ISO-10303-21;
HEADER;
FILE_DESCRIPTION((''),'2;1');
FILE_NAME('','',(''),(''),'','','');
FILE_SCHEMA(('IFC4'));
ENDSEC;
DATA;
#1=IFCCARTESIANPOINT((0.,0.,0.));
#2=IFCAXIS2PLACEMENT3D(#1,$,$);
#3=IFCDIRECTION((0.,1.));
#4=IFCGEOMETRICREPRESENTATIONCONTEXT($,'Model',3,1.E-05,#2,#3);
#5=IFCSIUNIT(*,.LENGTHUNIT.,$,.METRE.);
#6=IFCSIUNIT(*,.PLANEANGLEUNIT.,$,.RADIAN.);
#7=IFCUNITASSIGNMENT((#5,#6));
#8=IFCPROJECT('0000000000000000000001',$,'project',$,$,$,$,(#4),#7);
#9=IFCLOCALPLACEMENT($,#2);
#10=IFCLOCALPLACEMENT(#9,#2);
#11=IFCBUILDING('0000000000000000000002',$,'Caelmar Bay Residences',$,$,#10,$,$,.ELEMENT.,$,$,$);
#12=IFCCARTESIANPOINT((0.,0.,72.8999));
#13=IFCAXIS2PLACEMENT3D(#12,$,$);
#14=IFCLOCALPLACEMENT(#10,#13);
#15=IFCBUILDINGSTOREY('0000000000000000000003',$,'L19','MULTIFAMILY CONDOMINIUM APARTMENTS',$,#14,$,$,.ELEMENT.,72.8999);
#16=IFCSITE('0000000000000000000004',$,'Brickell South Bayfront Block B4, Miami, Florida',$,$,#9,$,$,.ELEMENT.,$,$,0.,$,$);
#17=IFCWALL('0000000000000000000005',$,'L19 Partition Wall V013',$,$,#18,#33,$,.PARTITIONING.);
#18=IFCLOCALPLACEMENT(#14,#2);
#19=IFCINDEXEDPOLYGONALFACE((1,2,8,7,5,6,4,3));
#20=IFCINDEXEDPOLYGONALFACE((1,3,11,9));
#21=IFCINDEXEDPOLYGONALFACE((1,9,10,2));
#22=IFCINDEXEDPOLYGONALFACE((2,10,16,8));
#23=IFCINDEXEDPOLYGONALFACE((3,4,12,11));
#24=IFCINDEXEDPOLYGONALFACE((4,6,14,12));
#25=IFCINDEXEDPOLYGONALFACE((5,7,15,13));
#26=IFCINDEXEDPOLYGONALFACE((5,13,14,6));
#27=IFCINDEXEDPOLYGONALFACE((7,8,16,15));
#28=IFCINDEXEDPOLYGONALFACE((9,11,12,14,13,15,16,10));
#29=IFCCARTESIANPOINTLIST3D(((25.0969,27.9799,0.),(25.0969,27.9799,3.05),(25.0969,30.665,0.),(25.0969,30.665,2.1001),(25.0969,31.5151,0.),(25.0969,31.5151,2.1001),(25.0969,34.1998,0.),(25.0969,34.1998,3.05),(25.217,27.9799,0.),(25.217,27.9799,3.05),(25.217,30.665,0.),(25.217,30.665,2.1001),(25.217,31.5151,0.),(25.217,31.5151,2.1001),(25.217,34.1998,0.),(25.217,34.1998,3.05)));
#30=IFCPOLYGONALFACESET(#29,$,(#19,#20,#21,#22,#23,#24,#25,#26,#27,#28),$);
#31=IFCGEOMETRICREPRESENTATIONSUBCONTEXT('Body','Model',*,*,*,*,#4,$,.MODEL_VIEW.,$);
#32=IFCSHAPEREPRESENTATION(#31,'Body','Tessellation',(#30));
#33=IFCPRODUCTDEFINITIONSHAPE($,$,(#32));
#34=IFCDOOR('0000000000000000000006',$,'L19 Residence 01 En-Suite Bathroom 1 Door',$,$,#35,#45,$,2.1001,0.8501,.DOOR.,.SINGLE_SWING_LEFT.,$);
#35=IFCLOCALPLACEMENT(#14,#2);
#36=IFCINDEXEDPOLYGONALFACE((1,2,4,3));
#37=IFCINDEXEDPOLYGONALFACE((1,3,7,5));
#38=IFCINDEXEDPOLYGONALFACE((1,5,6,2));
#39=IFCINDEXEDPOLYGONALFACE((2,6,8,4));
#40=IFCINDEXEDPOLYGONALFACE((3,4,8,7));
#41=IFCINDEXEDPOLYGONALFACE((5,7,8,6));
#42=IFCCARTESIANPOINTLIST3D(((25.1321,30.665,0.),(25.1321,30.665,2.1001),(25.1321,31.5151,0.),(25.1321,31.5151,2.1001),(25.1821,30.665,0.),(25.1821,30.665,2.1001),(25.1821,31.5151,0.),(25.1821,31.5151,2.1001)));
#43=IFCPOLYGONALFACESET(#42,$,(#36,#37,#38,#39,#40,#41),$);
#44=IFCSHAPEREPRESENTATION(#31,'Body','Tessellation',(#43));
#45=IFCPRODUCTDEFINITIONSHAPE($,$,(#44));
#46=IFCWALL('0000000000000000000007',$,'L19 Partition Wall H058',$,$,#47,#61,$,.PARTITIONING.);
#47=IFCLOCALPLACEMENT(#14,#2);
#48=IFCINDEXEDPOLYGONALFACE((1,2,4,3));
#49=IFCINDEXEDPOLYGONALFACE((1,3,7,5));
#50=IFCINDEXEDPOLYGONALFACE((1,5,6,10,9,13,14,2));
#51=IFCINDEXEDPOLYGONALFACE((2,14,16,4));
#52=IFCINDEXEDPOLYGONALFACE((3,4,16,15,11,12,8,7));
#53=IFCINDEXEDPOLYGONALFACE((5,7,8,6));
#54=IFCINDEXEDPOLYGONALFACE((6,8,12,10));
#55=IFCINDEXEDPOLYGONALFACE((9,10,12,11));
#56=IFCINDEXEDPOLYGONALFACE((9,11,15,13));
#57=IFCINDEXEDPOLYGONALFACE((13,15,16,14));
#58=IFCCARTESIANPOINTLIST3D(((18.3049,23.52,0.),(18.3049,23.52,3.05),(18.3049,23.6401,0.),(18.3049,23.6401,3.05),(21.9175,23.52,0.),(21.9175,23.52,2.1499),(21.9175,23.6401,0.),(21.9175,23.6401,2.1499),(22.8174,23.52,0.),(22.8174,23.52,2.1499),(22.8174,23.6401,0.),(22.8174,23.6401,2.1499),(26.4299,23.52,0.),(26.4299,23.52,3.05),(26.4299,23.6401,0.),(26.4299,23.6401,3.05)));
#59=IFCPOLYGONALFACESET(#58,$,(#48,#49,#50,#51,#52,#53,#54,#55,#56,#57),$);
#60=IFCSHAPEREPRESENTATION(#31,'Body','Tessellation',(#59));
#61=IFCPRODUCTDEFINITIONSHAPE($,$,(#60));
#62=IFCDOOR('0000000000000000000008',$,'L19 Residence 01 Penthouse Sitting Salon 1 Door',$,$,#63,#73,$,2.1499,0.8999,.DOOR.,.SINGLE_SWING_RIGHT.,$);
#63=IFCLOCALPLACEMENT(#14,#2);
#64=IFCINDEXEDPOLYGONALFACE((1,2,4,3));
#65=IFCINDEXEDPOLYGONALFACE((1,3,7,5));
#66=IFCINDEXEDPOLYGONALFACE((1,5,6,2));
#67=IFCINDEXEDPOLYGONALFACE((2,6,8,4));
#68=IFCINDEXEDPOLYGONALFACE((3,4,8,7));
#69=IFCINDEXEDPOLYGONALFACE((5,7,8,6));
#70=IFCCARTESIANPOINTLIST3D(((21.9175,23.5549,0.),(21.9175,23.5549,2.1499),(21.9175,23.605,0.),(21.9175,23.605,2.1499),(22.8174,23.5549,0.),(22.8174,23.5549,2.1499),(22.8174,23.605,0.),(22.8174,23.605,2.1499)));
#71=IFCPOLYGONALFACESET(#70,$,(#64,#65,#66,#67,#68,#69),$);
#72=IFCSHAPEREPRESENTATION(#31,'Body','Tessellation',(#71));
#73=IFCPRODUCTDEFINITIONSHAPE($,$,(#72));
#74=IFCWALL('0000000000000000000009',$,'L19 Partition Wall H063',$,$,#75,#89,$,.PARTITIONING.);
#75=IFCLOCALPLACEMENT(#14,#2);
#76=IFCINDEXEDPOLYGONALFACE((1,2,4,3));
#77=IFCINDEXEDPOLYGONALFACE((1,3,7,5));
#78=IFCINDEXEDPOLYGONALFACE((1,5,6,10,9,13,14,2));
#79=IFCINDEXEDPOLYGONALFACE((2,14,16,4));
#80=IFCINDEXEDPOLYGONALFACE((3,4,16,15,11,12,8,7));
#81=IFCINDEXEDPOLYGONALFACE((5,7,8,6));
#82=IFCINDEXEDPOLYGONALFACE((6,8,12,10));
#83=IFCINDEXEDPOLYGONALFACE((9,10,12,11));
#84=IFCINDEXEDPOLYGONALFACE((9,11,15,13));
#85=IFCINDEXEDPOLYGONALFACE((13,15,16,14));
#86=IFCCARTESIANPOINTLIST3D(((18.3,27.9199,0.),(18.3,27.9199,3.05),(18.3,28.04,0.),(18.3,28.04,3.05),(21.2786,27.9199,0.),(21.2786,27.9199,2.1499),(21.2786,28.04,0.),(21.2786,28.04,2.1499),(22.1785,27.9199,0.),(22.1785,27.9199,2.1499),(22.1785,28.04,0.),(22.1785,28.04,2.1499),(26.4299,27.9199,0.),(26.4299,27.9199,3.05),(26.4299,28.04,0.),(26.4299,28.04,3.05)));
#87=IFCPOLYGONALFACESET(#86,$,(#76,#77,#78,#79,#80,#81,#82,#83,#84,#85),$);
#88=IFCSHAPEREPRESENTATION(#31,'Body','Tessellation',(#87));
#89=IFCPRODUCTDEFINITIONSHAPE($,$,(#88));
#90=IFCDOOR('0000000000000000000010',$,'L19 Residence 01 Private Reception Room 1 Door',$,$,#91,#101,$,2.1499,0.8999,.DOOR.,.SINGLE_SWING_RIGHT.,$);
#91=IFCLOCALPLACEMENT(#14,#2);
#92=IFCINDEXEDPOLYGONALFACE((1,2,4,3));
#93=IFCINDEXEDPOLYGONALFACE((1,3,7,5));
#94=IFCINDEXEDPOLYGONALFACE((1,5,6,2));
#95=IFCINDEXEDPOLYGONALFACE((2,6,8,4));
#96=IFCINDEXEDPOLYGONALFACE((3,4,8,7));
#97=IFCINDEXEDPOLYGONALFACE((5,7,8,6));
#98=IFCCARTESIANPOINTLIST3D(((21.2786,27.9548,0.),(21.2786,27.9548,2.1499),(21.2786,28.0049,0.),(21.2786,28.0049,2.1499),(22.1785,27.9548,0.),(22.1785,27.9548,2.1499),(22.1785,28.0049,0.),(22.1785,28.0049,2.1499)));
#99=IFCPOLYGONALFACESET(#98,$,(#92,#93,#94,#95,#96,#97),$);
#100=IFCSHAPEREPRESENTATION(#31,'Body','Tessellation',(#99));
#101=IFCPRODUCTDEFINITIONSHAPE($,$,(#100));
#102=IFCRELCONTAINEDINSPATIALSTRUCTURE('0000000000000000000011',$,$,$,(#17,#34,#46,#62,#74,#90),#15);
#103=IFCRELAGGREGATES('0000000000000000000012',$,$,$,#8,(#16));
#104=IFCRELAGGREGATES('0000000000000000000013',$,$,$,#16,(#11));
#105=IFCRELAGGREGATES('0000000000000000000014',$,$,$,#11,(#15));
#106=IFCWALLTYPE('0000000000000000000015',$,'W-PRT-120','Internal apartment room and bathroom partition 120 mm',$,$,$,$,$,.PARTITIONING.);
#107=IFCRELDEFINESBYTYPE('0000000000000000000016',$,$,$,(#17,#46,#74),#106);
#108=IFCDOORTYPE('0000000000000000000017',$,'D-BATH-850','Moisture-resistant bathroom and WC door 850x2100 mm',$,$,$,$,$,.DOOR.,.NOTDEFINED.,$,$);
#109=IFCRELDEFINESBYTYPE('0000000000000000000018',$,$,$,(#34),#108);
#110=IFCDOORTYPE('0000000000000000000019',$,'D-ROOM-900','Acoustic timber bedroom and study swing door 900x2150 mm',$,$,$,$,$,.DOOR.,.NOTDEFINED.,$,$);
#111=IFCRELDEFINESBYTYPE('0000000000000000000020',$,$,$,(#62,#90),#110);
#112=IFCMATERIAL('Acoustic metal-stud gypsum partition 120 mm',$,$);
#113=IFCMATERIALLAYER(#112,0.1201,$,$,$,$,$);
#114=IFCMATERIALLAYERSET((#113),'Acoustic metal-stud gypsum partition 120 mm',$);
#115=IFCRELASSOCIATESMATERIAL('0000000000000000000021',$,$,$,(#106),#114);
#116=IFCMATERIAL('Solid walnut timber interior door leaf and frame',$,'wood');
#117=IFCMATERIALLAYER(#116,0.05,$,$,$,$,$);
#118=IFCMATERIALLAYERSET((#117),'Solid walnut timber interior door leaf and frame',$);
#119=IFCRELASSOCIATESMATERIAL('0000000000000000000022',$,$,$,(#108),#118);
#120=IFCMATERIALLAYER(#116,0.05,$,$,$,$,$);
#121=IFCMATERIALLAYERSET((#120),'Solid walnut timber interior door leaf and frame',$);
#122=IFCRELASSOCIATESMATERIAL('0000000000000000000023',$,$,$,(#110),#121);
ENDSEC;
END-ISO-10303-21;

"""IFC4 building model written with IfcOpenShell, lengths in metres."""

from ifc_helpers import new_model, si_unit, direction, frame, frame_2d, origin, place, context, subcontext, project, spatial, rectangle, extrude, material, layer, layer_set, type_object, element, fill, save


model = new_model("IFC4")

# Units and contexts
model_context = context("Model", 3, precision=1e-05, world=origin(), true_north=direction((0.0, 1.0)))
body_context = subcontext(model_context, "Body", "Model", "MODEL_VIEW")
ifc_project = project(units=[si_unit("LENGTHUNIT", "METRE"), si_unit("PLANEANGLEUNIT", "RADIAN")], contexts=[model_context])

# Site, building, storey
site_placement = place(None, origin())
site = spatial("IfcSite", under=ifc_project, at=site_placement, Name="Brickell South Bayfront Block B4, Miami, Florida", CompositionType="ELEMENT", RefElevation=0.0)
building_placement = place(site_placement, origin())
building = spatial("IfcBuilding", under=site, at=building_placement, Name="Caelmar Bay Residences", CompositionType="ELEMENT")
storey_placement = place(building_placement, frame((0.0, 0.0, 72.8999)))
storey = spatial("IfcBuildingStorey", under=building, at=storey_placement, Name="L19", Description="MULTIFAMILY CONDOMINIUM APARTMENTS", CompositionType="ELEMENT", Elevation=72.8999)

# Walls, openings, doors
ifc_material_1 = material(Name="Acoustic metal-stud gypsum partition 120 mm")
ifc_layer_1 = layer(ifc_material_1, 0.1201)
ifc_layer_set_1 = layer_set([ifc_layer_1], Name="Acoustic metal-stud gypsum partition 120 mm")
wall_type_1 = type_object("IfcWallType", Name="W-PRT-120", Description="Internal apartment room and bathroom partition 120 mm", PredefinedType="PARTITIONING", material=ifc_layer_set_1)
wall_1_placement = place(storey_placement, frame((25.157, 27.98, 0.0), z_axis=(0.0, 0.0, 1.0), x_axis=(0.0, 1.0, 0.0)))
wall_1 = element("IfcWall", 1, at=wall_1_placement, inside=storey, type_object=wall_type_1, Name="L19 Partition Wall V013", PredefinedType="PARTITIONING", context=body_context, shape_type="SweptSolid", body=[
    extrude(rectangle(XDim=6.22, YDim=0.1201, at=frame_2d((3.1099, 0.0))), origin(), (0.0, 0.0, 1.0), 3.05),
])
opening_1_placement = place(wall_1_placement, frame((2.6851, 0.0, 0.0)))
opening_1 = element("IfcOpeningElement", 2, at=opening_1_placement, cuts=wall_1, PredefinedType="OPENING", context=body_context, shape_type="SweptSolid", body=[
    extrude(rectangle(XDim=0.8501, YDim=2.1001, at=frame_2d((0.425, 1.05))), frame((0.0, 0.0701, 0.0), z_axis=(0.0, -1.0, 0.0), x_axis=(1.0, 0.0, 0.0)), (0.0, 0.0, 1.0), 0.1401),
])
ifc_material_2 = material(Name="Solid walnut timber interior door leaf and frame", Category="wood")
ifc_layer_2 = layer(ifc_material_2, 0.05)
ifc_layer_set_2 = layer_set([ifc_layer_2], Name="Solid walnut timber interior door leaf and frame")
door_type_1 = type_object("IfcDoorType", Name="D-BATH-850", Description="Moisture-resistant bathroom and WC door 850x2100 mm", OperationType="NOTDEFINED", PredefinedType="DOOR", material=ifc_layer_set_2)
door_1_placement = place(opening_1_placement, origin())
door_1 = element("IfcDoor", 3, at=door_1_placement, inside=storey, type_object=door_type_1, Name="L19 Residence 01 En-Suite Bathroom 1 Door", OperationType="SINGLE_SWING_LEFT", OverallHeight=2.1001, OverallWidth=0.8501, PredefinedType="DOOR", context=body_context, shape_type="SweptSolid", body=[
    extrude(rectangle(XDim=0.8501, YDim=2.1001, at=frame_2d((0.425, 1.05))), frame((0.0, 0.0249, 0.0), z_axis=(0.0, -1.0, 0.0), x_axis=(1.0, 0.0, 0.0)), (0.0, 0.0, 1.0), 0.05),
])
fill(opening_1, door_1)
wall_2_placement = place(storey_placement, frame((18.3049, 23.5801, 0.0), z_axis=(0.0, 0.0, 1.0), x_axis=(1.0, 0.0, 0.0)))
wall_2 = element("IfcWall", 4, at=wall_2_placement, inside=storey, type_object=wall_type_1, Name="L19 Partition Wall H058", PredefinedType="PARTITIONING", context=body_context, shape_type="SweptSolid", body=[
    extrude(rectangle(XDim=8.125, YDim=0.1201, at=frame_2d((4.0625, 0.0))), origin(), (0.0, 0.0, 1.0), 3.05),
])
opening_2_placement = place(wall_2_placement, frame((3.6125, 0.0, 0.0)))
opening_2 = element("IfcOpeningElement", 5, at=opening_2_placement, cuts=wall_2, PredefinedType="OPENING", context=body_context, shape_type="SweptSolid", body=[
    extrude(rectangle(XDim=0.8999, YDim=2.1499, at=frame_2d((0.45, 1.075))), frame((0.0, 0.0701, 0.0), z_axis=(0.0, -1.0, 0.0), x_axis=(1.0, 0.0, 0.0)), (0.0, 0.0, 1.0), 0.1401),
])
ifc_layer_3 = layer(ifc_material_2, 0.05)
ifc_layer_set_3 = layer_set([ifc_layer_3], Name="Solid walnut timber interior door leaf and frame")
door_type_2 = type_object("IfcDoorType", Name="D-ROOM-900", Description="Acoustic timber bedroom and study swing door 900x2150 mm", OperationType="NOTDEFINED", PredefinedType="DOOR", material=ifc_layer_set_3)
door_2_placement = place(opening_2_placement, origin())
door_2 = element("IfcDoor", 6, at=door_2_placement, inside=storey, type_object=door_type_2, Name="L19 Residence 01 Penthouse Sitting Salon 1 Door", OperationType="SINGLE_SWING_RIGHT", OverallHeight=2.1499, OverallWidth=0.8999, PredefinedType="DOOR", context=body_context, shape_type="SweptSolid", body=[
    extrude(rectangle(XDim=0.8999, YDim=2.1499, at=frame_2d((0.45, 1.075))), frame((0.0, 0.0249, 0.0), z_axis=(0.0, -1.0, 0.0), x_axis=(1.0, 0.0, 0.0)), (0.0, 0.0, 1.0), 0.05),
])
fill(opening_2, door_2)
wall_3_placement = place(storey_placement, frame((18.3, 27.98, 0.0), z_axis=(0.0, 0.0, 1.0), x_axis=(1.0, 0.0, 0.0)))
wall_3 = element("IfcWall", 7, at=wall_3_placement, inside=storey, type_object=wall_type_1, Name="L19 Partition Wall H063", PredefinedType="PARTITIONING", context=body_context, shape_type="SweptSolid", body=[
    extrude(rectangle(XDim=8.1299, YDim=0.1201, at=frame_2d((4.0649, 0.0))), origin(), (0.0, 0.0, 1.0), 3.05),
])
opening_3_placement = place(wall_3_placement, frame((2.9785, 0.0, 0.0)))
opening_3 = element("IfcOpeningElement", 8, at=opening_3_placement, cuts=wall_3, PredefinedType="OPENING", context=body_context, shape_type="SweptSolid", body=[
    extrude(rectangle(XDim=0.8999, YDim=2.1499, at=frame_2d((0.45, 1.075))), frame((0.0, 0.0701, 0.0), z_axis=(0.0, -1.0, 0.0), x_axis=(1.0, 0.0, 0.0)), (0.0, 0.0, 1.0), 0.1401),
])
door_3_placement = place(opening_3_placement, origin())
door_3 = element("IfcDoor", 9, at=door_3_placement, inside=storey, type_object=door_type_2, Name="L19 Residence 01 Private Reception Room 1 Door", OperationType="SINGLE_SWING_RIGHT", OverallHeight=2.1499, OverallWidth=0.8999, PredefinedType="DOOR", context=body_context, shape_type="SweptSolid", body=[
    extrude(rectangle(XDim=0.8999, YDim=2.1499, at=frame_2d((0.45, 1.075))), frame((0.0, 0.0249, 0.0), z_axis=(0.0, -1.0, 0.0), x_axis=(1.0, 0.0, 0.0)), (0.0, 0.0, 1.0), 0.05),
])
fill(opening_3, door_3)

save(model, "model.ifc")
